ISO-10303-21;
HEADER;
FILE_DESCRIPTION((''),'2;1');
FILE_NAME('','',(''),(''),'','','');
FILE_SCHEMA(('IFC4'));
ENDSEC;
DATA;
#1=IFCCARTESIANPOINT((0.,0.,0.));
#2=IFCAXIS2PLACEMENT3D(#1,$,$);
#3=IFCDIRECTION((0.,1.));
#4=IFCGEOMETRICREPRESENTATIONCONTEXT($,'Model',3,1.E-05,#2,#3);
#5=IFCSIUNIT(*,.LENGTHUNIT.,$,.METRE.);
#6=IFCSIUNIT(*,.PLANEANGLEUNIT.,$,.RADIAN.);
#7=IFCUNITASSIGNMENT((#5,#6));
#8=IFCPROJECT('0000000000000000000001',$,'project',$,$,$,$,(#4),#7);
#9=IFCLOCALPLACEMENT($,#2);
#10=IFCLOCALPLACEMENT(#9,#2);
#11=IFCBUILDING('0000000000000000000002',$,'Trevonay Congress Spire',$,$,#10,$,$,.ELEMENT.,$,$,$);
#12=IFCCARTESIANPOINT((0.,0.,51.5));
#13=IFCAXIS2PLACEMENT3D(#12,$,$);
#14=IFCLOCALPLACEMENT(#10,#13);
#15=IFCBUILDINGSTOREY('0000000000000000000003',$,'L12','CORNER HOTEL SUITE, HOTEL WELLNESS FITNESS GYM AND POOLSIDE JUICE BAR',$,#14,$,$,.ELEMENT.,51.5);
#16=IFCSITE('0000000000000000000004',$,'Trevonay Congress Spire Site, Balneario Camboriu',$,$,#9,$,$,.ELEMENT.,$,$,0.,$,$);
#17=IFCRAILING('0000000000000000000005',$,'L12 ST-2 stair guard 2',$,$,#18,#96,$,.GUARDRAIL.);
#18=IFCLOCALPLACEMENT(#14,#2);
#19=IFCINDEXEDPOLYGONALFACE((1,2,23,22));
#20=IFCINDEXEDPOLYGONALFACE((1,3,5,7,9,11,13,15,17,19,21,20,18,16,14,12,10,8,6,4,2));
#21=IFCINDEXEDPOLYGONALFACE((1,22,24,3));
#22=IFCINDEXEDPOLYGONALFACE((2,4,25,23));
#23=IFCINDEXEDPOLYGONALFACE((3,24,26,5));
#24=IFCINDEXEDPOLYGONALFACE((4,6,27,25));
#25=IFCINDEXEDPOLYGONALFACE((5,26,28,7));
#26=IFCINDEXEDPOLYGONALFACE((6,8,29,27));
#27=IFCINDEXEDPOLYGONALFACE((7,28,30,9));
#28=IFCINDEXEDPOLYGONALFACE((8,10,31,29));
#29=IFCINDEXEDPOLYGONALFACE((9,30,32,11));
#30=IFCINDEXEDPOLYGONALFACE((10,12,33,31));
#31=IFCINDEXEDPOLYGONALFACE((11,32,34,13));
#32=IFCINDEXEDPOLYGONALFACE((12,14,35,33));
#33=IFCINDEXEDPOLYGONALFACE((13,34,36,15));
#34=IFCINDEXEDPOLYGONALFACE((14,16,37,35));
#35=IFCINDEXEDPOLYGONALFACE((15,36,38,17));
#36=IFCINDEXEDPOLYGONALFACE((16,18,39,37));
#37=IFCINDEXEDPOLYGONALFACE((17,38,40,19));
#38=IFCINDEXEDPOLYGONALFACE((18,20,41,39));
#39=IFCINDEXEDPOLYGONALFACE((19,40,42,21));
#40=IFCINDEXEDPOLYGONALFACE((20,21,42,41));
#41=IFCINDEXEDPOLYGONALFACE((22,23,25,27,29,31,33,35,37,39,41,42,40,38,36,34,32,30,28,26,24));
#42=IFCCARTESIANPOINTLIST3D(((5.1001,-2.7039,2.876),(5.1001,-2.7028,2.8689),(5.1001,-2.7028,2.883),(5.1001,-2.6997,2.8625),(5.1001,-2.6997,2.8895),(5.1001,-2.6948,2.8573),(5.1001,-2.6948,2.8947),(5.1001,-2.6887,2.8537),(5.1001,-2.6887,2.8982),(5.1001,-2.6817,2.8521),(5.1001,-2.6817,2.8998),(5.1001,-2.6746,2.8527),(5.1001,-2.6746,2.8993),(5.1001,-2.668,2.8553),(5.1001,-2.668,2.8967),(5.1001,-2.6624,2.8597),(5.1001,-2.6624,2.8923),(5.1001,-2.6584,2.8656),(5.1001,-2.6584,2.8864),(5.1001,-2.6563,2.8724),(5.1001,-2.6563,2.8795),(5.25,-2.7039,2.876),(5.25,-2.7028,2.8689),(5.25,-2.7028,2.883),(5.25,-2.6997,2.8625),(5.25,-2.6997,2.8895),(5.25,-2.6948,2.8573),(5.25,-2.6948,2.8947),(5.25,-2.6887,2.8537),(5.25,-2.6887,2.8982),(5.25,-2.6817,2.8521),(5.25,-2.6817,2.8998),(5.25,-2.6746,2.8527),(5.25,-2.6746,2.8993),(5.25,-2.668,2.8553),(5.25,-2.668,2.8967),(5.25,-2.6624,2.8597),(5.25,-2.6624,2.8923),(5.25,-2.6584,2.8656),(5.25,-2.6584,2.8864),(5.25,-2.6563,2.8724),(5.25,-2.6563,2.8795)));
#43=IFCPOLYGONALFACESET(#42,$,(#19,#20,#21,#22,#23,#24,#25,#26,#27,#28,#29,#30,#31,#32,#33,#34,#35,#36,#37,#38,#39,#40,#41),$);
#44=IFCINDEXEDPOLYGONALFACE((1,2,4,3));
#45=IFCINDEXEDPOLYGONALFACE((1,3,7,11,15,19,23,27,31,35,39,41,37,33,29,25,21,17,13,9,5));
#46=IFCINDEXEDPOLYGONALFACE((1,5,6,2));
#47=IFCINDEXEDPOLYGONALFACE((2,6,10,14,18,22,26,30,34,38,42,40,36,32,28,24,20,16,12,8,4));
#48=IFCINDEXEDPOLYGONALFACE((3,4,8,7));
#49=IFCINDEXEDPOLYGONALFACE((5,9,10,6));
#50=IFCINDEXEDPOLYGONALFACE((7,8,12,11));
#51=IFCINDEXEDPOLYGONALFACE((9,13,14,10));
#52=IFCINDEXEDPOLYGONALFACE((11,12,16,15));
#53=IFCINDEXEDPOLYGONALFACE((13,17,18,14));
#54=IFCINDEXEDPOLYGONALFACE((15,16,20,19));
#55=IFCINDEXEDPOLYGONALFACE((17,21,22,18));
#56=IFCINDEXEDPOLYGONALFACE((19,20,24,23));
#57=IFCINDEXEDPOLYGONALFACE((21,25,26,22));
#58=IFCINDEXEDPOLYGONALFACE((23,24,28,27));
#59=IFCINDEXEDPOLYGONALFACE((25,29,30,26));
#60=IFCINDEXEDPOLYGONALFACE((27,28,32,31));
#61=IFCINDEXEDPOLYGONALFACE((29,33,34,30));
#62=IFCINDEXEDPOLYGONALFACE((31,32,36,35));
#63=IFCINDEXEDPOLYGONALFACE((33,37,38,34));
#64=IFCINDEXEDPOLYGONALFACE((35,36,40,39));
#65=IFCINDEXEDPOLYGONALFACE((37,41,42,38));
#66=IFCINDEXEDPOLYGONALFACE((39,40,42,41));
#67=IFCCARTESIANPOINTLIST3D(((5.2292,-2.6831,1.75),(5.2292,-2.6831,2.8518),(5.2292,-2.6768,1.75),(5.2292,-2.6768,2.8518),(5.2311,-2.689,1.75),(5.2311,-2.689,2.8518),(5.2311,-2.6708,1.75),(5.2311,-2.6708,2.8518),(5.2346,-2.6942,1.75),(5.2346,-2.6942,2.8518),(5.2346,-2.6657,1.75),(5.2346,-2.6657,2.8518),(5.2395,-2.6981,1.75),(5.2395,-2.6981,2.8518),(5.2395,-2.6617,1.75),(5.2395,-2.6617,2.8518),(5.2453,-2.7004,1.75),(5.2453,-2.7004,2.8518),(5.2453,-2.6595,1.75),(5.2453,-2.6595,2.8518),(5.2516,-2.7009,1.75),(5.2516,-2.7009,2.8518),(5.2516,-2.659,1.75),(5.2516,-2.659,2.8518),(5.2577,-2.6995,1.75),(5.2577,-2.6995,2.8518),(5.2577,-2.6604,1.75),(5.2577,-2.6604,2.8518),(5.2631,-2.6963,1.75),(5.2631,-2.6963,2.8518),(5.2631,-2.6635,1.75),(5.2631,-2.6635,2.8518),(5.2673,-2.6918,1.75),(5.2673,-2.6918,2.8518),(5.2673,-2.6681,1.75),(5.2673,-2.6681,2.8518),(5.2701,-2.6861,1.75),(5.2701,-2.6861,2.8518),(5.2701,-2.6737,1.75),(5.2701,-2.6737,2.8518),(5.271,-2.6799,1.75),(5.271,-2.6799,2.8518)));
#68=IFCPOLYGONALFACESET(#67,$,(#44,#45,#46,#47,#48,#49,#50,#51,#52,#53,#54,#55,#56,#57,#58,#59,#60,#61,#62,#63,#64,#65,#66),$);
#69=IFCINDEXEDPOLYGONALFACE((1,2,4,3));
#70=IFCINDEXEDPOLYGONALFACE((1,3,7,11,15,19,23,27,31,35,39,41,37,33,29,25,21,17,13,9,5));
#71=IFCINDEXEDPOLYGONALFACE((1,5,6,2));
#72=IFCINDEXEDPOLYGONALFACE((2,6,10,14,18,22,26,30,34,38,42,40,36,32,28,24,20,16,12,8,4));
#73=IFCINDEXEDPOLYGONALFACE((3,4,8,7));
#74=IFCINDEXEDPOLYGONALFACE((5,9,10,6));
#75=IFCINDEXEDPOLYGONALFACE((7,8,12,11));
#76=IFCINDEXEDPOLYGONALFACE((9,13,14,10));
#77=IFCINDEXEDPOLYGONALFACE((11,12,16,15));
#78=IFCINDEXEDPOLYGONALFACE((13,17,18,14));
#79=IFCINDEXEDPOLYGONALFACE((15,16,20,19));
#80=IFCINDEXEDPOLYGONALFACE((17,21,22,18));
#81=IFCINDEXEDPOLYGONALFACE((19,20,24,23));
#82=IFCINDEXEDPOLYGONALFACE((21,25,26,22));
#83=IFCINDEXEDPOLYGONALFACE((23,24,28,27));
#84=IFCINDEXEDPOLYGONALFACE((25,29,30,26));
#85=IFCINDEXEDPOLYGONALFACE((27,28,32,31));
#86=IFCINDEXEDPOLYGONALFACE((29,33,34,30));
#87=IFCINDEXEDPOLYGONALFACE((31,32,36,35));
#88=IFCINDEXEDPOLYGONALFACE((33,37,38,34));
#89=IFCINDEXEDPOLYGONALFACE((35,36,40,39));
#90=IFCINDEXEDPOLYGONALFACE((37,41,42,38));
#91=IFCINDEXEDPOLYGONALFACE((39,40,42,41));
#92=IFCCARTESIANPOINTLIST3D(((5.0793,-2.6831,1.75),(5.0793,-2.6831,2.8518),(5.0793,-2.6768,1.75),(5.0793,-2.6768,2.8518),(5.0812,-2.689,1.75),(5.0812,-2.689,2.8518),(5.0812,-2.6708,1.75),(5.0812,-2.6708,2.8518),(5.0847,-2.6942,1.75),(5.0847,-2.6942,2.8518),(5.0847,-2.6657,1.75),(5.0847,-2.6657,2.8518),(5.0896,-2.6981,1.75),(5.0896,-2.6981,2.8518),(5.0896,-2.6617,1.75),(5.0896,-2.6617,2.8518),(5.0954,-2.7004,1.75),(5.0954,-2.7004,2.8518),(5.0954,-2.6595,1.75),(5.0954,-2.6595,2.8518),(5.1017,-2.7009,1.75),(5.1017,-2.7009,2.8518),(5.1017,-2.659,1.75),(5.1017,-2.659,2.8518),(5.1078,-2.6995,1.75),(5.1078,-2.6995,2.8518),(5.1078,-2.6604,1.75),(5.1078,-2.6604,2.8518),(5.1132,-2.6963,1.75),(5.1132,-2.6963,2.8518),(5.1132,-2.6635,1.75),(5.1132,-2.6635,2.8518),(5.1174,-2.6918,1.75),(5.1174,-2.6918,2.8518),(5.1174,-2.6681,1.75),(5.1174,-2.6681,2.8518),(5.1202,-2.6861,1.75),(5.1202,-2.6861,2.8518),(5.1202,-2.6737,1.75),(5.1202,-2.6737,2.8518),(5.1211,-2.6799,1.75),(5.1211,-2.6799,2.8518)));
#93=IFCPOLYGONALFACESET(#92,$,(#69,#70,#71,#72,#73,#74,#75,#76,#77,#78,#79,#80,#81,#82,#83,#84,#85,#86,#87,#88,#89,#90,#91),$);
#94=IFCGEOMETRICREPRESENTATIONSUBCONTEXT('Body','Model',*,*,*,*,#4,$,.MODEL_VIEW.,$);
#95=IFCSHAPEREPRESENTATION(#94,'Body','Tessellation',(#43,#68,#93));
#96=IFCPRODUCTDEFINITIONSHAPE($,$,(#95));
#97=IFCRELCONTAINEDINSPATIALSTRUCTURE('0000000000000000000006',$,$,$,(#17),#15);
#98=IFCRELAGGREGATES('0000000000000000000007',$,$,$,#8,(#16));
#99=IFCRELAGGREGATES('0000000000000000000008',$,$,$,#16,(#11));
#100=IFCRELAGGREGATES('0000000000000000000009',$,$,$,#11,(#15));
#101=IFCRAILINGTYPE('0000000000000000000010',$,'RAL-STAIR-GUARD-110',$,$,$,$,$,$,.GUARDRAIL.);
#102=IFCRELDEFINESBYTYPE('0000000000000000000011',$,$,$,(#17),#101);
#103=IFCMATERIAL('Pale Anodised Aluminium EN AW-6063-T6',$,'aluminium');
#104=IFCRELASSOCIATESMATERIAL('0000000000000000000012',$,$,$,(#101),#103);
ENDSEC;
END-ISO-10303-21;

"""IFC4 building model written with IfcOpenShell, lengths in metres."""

from ifc_helpers import new_model, si_unit, direction, frame, origin, origin_2d, place, context, subcontext, project, spatial, circle, extrude, material, type_object, element, save


model = new_model("IFC4")

# Units and contexts
model_context = context("Model", 3, precision=1e-05, world=origin(), true_north=direction((0.0, 1.0)))
body_context = subcontext(model_context, "Body", "Model", "MODEL_VIEW")
ifc_project = project(units=[si_unit("LENGTHUNIT", "METRE"), si_unit("PLANEANGLEUNIT", "RADIAN")], contexts=[model_context])

# Site, building, storey
site_placement = place(None, origin())
site = spatial("IfcSite", under=ifc_project, at=site_placement, Name="Trevonay Congress Spire Site, Balneario Camboriu", CompositionType="ELEMENT", RefElevation=0.0)
building_placement = place(site_placement, origin())
building = spatial("IfcBuilding", under=site, at=building_placement, Name="Trevonay Congress Spire", CompositionType="ELEMENT")
storey_placement = place(building_placement, frame((0.0, 0.0, 51.5)))
storey = spatial("IfcBuildingStorey", under=building, at=storey_placement, Name="L12", Description="CORNER HOTEL SUITE, HOTEL WELLNESS FITNESS GYM AND POOLSIDE JUICE BAR", CompositionType="ELEMENT", Elevation=51.5)

# Railing
ifc_material_1 = material(Name="Pale Anodised Aluminium EN AW-6063-T6", Category="aluminium")
railing_type_1 = type_object("IfcRailingType", Name="RAL-STAIR-GUARD-110", PredefinedType="GUARDRAIL", material=ifc_material_1)
railing_1_placement = place(storey_placement, frame((5.25, -2.6799, 1.75)))
element("IfcRailing", 1, at=railing_1_placement, inside=storey, type_object=railing_type_1, Name="L12 ST-2 stair guard 2", PredefinedType="GUARDRAIL", context=body_context, shape_type="SweptSolid", body=[
    extrude(circle(Radius=0.0239, at=origin_2d()), frame((0.0, 0.0, 1.126), z_axis=(-1.0, 0.0, 0.0), x_axis=(0.0, -1.0, 0.0)), (0.0, 0.0, 1.0), 0.1499),
    extrude(circle(Radius=0.021, at=origin_2d()), origin(), (0.0, 0.0, 1.0), 1.1018),
    extrude(circle(Radius=0.021, at=origin_2d()), frame((-0.1499, 0.0, 0.0)), (0.0, 0.0, 1.0), 1.1018),
])

save(model, "model.ifc")
